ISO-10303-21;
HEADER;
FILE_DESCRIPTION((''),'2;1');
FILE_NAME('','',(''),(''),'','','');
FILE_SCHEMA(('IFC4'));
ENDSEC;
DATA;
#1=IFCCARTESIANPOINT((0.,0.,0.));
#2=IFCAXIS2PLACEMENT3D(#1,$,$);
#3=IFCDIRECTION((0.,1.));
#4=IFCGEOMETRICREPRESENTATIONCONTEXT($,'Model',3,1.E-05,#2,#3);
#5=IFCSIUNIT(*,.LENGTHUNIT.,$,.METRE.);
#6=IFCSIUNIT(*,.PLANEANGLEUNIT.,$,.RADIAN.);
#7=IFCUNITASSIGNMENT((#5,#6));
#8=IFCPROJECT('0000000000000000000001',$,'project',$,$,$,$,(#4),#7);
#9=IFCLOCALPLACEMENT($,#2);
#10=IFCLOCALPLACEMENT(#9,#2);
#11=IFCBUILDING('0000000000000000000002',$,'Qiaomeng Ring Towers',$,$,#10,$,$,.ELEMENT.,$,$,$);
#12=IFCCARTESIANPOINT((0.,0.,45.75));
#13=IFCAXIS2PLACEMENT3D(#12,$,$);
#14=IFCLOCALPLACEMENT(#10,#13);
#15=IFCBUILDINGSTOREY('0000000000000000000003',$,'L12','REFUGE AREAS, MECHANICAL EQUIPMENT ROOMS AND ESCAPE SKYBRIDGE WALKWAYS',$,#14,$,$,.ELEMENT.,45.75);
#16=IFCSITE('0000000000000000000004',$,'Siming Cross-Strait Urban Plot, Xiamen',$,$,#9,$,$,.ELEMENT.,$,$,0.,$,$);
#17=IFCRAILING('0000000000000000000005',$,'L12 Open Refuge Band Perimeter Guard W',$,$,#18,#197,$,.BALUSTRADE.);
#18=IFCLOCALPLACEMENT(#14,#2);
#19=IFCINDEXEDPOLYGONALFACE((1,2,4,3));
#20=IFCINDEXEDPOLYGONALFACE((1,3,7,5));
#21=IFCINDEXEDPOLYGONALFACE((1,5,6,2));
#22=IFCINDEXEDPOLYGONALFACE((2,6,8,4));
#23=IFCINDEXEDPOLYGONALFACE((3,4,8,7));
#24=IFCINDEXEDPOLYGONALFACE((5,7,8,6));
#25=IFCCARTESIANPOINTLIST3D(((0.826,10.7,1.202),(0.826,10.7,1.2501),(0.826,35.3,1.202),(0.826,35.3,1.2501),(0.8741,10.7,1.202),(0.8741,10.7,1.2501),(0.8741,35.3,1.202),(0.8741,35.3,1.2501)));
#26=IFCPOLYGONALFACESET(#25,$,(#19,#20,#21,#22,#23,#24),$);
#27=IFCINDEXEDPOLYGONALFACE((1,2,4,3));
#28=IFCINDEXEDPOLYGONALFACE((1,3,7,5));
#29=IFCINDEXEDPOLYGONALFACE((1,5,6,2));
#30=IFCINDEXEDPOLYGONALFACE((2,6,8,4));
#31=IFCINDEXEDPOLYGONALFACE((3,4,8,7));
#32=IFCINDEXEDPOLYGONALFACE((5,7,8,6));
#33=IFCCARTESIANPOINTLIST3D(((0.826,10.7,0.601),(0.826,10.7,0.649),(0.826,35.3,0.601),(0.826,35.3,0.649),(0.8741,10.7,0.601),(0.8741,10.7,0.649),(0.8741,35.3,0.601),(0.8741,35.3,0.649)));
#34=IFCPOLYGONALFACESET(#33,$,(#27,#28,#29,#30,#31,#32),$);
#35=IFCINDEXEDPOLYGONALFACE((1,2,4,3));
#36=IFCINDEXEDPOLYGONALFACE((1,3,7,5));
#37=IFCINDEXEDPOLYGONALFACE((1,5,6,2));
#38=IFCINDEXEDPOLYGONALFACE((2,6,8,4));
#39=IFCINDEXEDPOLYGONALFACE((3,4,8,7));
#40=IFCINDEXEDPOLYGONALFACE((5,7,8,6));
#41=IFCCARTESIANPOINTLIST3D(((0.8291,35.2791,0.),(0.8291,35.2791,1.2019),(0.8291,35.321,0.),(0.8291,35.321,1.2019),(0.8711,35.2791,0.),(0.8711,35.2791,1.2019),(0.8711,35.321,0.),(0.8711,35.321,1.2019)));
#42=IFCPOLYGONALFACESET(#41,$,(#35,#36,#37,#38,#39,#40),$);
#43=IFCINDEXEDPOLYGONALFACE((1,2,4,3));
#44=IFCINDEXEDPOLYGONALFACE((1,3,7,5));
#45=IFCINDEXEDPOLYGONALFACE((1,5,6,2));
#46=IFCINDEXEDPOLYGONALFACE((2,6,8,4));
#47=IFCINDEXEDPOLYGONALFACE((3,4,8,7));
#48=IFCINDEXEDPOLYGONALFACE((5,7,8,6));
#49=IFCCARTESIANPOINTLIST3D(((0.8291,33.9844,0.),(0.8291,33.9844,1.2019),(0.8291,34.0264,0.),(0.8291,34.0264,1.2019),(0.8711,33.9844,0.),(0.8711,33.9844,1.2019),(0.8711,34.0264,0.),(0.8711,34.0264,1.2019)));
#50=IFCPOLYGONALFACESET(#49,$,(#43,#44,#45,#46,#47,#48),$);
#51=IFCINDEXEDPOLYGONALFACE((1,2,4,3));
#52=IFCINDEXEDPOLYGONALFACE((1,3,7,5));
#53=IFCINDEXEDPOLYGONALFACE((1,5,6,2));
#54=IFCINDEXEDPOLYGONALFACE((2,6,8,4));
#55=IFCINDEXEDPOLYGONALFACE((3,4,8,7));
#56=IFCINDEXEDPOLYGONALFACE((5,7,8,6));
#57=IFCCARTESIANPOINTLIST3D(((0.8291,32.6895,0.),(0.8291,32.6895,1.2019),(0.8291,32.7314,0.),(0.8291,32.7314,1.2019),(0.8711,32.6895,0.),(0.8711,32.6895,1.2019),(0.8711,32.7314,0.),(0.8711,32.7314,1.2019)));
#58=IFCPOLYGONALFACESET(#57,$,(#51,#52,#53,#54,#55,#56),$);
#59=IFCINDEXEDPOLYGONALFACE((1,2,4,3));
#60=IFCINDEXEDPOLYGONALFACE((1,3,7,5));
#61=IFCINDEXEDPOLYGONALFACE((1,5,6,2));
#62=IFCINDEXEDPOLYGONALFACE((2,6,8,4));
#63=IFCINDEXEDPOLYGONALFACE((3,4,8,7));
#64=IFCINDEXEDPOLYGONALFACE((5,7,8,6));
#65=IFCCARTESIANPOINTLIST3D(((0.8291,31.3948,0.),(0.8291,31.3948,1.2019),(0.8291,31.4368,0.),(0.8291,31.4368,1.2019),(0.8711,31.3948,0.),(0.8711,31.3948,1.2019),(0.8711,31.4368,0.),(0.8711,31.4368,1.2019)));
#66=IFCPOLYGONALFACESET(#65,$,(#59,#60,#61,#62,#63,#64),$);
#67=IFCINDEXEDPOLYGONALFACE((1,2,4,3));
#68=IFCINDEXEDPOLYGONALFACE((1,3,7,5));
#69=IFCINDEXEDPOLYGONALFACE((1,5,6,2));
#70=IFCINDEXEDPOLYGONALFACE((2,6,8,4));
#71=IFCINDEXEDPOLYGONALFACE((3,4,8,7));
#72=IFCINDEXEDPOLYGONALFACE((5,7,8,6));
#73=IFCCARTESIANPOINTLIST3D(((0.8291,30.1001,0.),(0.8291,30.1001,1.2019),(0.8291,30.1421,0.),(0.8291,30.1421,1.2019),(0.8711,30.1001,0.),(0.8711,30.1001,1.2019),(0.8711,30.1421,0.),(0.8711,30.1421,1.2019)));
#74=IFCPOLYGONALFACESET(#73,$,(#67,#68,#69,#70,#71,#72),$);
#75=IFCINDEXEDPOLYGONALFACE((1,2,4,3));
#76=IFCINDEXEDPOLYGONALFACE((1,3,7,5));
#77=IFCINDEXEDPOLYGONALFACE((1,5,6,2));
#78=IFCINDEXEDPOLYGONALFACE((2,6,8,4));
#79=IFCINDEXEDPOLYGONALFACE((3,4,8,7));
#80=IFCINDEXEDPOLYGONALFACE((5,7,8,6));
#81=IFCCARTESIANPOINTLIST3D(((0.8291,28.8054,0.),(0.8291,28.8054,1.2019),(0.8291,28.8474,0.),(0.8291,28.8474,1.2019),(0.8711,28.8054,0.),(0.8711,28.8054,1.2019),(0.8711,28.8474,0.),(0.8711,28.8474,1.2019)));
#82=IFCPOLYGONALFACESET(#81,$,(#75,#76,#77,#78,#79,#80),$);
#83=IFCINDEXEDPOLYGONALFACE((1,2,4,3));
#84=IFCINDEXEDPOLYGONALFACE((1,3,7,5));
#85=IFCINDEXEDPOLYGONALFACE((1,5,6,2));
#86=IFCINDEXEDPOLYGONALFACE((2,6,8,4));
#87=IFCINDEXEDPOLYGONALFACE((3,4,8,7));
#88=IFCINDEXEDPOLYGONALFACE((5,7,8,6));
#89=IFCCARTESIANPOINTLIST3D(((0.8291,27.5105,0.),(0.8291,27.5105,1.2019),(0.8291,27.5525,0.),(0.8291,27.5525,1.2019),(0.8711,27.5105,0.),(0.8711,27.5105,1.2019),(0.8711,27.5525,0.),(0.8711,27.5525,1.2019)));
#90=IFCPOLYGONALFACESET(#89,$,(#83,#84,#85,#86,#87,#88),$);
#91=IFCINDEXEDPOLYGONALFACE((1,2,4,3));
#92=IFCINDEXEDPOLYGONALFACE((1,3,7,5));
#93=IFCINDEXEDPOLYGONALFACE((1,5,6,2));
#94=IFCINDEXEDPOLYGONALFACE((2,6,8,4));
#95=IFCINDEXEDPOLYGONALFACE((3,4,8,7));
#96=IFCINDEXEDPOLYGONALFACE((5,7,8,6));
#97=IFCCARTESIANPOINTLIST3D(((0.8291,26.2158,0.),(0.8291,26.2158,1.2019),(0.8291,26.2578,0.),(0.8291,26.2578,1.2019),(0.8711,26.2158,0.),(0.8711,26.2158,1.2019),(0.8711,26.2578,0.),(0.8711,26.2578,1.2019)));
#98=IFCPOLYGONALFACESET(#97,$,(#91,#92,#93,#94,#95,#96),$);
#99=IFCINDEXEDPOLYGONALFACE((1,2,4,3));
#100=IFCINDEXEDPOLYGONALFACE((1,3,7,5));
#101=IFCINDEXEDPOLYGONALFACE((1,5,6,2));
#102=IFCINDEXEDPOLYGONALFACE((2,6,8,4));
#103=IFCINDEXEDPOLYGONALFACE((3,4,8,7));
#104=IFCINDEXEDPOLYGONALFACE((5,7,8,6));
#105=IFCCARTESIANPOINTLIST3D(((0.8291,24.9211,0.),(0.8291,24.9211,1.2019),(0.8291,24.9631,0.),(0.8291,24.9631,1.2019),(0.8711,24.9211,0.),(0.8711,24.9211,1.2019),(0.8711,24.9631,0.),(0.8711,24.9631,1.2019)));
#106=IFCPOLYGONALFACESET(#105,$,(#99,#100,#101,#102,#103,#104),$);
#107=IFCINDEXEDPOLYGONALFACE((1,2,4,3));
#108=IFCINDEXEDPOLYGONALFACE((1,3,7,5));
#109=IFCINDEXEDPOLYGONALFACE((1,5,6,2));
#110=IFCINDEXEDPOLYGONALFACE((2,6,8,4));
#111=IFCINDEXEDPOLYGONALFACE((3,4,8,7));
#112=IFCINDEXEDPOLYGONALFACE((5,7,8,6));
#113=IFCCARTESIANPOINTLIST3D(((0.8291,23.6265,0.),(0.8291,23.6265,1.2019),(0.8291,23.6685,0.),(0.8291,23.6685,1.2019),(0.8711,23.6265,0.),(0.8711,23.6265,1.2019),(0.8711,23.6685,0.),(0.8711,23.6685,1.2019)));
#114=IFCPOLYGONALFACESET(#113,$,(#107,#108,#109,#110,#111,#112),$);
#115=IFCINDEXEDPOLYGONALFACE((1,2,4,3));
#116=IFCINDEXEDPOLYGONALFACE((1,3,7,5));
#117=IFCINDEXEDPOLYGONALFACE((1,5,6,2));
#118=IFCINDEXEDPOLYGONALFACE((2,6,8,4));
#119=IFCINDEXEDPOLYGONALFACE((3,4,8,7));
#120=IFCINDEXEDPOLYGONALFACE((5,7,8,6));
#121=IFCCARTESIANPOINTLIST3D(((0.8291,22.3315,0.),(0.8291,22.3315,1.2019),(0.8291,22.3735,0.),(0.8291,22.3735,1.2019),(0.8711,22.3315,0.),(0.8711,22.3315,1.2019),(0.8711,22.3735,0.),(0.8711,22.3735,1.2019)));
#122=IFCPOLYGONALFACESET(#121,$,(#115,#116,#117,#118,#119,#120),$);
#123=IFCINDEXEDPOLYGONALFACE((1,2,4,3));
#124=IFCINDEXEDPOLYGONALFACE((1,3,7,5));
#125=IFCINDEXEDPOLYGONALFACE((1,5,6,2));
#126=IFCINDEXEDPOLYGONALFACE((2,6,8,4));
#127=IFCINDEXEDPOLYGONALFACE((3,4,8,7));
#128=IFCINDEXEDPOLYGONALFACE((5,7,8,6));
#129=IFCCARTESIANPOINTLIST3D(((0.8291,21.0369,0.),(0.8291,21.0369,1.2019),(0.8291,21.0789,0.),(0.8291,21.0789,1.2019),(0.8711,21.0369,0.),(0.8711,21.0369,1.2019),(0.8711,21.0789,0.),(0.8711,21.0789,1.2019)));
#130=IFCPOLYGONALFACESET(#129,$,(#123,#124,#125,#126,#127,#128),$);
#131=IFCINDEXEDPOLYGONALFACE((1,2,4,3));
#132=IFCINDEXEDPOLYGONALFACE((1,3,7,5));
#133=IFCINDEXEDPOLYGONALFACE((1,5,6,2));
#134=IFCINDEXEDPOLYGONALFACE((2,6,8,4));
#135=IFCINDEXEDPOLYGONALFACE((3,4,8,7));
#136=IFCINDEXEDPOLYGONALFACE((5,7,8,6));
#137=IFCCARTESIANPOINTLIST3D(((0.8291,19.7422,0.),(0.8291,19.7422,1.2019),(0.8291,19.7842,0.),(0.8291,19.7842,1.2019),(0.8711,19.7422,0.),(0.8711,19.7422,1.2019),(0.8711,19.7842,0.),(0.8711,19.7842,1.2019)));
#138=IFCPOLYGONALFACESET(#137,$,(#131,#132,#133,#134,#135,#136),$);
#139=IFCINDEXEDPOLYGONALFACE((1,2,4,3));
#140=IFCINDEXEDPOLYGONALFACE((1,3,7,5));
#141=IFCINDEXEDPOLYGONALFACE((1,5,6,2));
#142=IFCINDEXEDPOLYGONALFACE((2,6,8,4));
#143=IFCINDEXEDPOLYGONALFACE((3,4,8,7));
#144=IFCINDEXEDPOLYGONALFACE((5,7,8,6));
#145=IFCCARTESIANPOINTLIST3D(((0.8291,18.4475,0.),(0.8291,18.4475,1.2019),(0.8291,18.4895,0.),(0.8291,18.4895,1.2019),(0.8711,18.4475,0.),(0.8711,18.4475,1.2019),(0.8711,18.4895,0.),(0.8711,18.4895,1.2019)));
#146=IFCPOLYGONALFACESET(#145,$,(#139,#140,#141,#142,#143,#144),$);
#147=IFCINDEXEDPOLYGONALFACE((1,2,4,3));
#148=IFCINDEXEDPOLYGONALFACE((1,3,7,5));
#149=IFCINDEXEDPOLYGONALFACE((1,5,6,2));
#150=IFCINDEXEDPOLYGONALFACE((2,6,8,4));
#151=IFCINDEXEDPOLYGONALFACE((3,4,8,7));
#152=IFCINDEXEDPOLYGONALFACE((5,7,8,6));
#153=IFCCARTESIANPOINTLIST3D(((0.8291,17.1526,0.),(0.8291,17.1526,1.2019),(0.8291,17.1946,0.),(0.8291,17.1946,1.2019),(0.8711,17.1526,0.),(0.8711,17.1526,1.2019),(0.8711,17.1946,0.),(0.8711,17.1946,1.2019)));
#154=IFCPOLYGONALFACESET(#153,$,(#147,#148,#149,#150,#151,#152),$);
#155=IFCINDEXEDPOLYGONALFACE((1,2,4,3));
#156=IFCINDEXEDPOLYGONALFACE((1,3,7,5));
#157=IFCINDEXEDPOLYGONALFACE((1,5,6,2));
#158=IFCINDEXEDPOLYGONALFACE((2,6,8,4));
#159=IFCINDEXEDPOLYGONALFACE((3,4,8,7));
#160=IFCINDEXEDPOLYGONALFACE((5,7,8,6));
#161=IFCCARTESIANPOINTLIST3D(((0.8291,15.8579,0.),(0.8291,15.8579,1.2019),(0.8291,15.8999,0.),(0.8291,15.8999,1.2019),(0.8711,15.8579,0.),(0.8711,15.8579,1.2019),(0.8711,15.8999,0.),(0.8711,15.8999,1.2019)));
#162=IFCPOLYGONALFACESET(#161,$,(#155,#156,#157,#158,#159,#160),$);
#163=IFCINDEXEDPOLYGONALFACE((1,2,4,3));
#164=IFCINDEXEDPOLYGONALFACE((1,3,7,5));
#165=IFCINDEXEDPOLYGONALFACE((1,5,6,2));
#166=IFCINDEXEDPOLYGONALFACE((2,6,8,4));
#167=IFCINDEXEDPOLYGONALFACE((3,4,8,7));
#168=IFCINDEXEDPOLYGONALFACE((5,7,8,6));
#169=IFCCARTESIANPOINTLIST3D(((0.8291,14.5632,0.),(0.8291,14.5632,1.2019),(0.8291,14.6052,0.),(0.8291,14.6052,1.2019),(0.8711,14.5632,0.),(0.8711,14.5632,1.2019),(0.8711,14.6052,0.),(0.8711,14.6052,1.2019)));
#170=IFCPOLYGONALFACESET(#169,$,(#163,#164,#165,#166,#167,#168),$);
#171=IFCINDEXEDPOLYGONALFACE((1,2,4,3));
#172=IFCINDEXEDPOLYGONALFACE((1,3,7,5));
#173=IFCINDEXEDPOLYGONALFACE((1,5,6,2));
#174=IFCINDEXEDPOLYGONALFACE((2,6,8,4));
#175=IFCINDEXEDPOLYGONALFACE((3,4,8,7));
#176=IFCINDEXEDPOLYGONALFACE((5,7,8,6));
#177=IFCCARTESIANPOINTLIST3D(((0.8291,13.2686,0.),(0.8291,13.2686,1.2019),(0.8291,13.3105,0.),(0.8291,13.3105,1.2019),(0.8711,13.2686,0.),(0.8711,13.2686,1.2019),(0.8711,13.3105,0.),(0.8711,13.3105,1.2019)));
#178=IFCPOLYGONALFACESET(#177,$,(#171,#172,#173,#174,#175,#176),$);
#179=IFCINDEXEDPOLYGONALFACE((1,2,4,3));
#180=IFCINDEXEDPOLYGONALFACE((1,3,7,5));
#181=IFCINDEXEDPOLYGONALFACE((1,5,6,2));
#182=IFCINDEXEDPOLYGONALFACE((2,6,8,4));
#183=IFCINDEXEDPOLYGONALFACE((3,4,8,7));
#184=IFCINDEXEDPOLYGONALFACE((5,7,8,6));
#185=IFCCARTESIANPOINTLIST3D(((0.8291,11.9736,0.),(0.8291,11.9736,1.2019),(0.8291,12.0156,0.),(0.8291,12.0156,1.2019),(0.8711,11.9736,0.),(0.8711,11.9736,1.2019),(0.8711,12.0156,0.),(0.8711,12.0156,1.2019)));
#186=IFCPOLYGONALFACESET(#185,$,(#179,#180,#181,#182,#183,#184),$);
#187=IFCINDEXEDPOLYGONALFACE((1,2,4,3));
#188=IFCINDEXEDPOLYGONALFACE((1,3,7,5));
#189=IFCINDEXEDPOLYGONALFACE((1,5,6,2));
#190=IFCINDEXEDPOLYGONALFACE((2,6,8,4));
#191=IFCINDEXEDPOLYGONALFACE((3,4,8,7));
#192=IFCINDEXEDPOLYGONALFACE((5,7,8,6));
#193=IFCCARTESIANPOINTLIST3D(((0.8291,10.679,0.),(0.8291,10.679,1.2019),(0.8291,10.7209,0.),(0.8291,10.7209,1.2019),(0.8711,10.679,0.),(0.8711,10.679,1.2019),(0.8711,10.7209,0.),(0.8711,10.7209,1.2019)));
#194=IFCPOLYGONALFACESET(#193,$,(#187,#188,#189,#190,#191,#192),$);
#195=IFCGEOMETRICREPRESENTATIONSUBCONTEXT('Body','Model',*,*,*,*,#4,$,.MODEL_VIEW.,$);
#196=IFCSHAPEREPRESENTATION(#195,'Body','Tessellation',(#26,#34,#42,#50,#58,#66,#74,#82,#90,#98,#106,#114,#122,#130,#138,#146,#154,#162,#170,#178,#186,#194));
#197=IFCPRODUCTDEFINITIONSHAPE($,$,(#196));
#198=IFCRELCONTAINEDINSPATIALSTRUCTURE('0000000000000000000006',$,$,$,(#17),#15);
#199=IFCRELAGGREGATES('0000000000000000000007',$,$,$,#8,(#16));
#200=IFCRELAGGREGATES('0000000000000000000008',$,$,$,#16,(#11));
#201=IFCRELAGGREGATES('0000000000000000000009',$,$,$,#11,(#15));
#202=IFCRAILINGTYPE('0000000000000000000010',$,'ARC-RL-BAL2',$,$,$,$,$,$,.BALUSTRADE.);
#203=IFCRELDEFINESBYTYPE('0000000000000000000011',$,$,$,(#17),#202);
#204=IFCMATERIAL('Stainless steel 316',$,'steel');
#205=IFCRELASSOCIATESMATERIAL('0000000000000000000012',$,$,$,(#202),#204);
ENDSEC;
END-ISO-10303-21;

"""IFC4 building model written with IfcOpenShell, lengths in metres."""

from ifc_helpers import new_model, si_unit, direction, frame, origin, origin_2d, place, context, subcontext, project, spatial, rectangle, extrude, material, type_object, element, save


model = new_model("IFC4")

# Units and contexts
model_context = context("Model", 3, precision=1e-05, world=origin(), true_north=direction((0.0, 1.0)))
body_context = subcontext(model_context, "Body", "Model", "MODEL_VIEW")
ifc_project = project(units=[si_unit("LENGTHUNIT", "METRE"), si_unit("PLANEANGLEUNIT", "RADIAN")], contexts=[model_context])

# Site, building, storey
site_placement = place(None, origin())
site = spatial("IfcSite", under=ifc_project, at=site_placement, Name="Siming Cross-Strait Urban Plot, Xiamen", CompositionType="ELEMENT", RefElevation=0.0)
building_placement = place(site_placement, origin())
building = spatial("IfcBuilding", under=site, at=building_placement, Name="Qiaomeng Ring Towers", CompositionType="ELEMENT")
storey_placement = place(building_placement, frame((0.0, 0.0, 45.75)))
storey = spatial("IfcBuildingStorey", under=building, at=storey_placement, Name="L12", Description="REFUGE AREAS, MECHANICAL EQUIPMENT ROOMS AND ESCAPE SKYBRIDGE WALKWAYS", CompositionType="ELEMENT", Elevation=45.75)

# Shared definitions
ifc_material_1 = material(Name="Stainless steel 316", Category="steel")

# Railing
railing_type = type_object("IfcRailingType", Name="ARC-RL-BAL2", PredefinedType="BALUSTRADE", material=ifc_material_1)
railing_1_placement = place(storey_placement, frame((0.8501, 35.3, 0.0)))
element("IfcRailing", 1, at=railing_1_placement, inside=storey, type_object=railing_type, Name="L12 Open Refuge Band Perimeter Guard W", PredefinedType="BALUSTRADE", context=body_context, shape_type="SweptSolid", body=[
    extrude(rectangle(XDim=0.0481, YDim=0.0481, at=origin_2d()), frame((0.0, 0.0, 1.2261), z_axis=(0.0, -1.0, 0.0), x_axis=(1.0, 0.0, 0.0)), (0.0, 0.0, 1.0), 24.6001),
    extrude(rectangle(XDim=0.0481, YDim=0.0481, at=origin_2d()), frame((0.0, 0.0, 0.625), z_axis=(0.0, -1.0, 0.0), x_axis=(1.0, 0.0, 0.0)), (0.0, 0.0, 1.0), 24.6001),
    extrude(rectangle(XDim=0.042, YDim=0.042, at=origin_2d()), origin(), (0.0, 0.0, 1.0), 1.2019),
    extrude(rectangle(XDim=0.042, YDim=0.042, at=origin_2d()), frame((0.0, -1.2947, 0.0)), (0.0, 0.0, 1.0), 1.2019),
    extrude(rectangle(XDim=0.042, YDim=0.042, at=origin_2d()), frame((0.0, -2.5896, 0.0)), (0.0, 0.0, 1.0), 1.2019),
    extrude(rectangle(XDim=0.042, YDim=0.042, at=origin_2d()), frame((0.0, -3.8843, 0.0)), (0.0, 0.0, 1.0), 1.2019),
    extrude(rectangle(XDim=0.042, YDim=0.042, at=origin_2d()), frame((0.0, -5.179, 0.0)), (0.0, 0.0, 1.0), 1.2019),
    extrude(rectangle(XDim=0.042, YDim=0.042, at=origin_2d()), frame((0.0, -6.4736, 0.0)), (0.0, 0.0, 1.0), 1.2019),
    extrude(rectangle(XDim=0.042, YDim=0.042, at=origin_2d()), frame((0.0, -7.7686, 0.0)), (0.0, 0.0, 1.0), 1.2019),
    extrude(rectangle(XDim=0.042, YDim=0.042, at=origin_2d()), frame((0.0, -9.0632, 0.0)), (0.0, 0.0, 1.0), 1.2019),
    extrude(rectangle(XDim=0.042, YDim=0.042, at=origin_2d()), frame((0.0, -10.3579, 0.0)), (0.0, 0.0, 1.0), 1.2019),
    extrude(rectangle(XDim=0.042, YDim=0.042, at=origin_2d()), frame((0.0, -11.6526, 0.0)), (0.0, 0.0, 1.0), 1.2019),
    extrude(rectangle(XDim=0.042, YDim=0.042, at=origin_2d()), frame((0.0, -12.9475, 0.0)), (0.0, 0.0, 1.0), 1.2019),
    extrude(rectangle(XDim=0.042, YDim=0.042, at=origin_2d()), frame((0.0, -14.2422, 0.0)), (0.0, 0.0, 1.0), 1.2019),
    extrude(rectangle(XDim=0.042, YDim=0.042, at=origin_2d()), frame((0.0, -15.5369, 0.0)), (0.0, 0.0, 1.0), 1.2019),
    extrude(rectangle(XDim=0.042, YDim=0.042, at=origin_2d()), frame((0.0, -16.8315, 0.0)), (0.0, 0.0, 1.0), 1.2019),
    extrude(rectangle(XDim=0.042, YDim=0.042, at=origin_2d()), frame((0.0, -18.1265, 0.0)), (0.0, 0.0, 1.0), 1.2019),
    extrude(rectangle(XDim=0.042, YDim=0.042, at=origin_2d()), frame((0.0, -19.4211, 0.0)), (0.0, 0.0, 1.0), 1.2019),
    extrude(rectangle(XDim=0.042, YDim=0.042, at=origin_2d()), frame((0.0, -20.7158, 0.0)), (0.0, 0.0, 1.0), 1.2019),
    extrude(rectangle(XDim=0.042, YDim=0.042, at=origin_2d()), frame((0.0, -22.0105, 0.0)), (0.0, 0.0, 1.0), 1.2019),
    extrude(rectangle(XDim=0.042, YDim=0.042, at=origin_2d()), frame((0.0, -23.3054, 0.0)), (0.0, 0.0, 1.0), 1.2019),
    extrude(rectangle(XDim=0.042, YDim=0.042, at=origin_2d()), frame((0.0, -24.6001, 0.0)), (0.0, 0.0, 1.0), 1.2019),
])

save(model, "model.ifc")
